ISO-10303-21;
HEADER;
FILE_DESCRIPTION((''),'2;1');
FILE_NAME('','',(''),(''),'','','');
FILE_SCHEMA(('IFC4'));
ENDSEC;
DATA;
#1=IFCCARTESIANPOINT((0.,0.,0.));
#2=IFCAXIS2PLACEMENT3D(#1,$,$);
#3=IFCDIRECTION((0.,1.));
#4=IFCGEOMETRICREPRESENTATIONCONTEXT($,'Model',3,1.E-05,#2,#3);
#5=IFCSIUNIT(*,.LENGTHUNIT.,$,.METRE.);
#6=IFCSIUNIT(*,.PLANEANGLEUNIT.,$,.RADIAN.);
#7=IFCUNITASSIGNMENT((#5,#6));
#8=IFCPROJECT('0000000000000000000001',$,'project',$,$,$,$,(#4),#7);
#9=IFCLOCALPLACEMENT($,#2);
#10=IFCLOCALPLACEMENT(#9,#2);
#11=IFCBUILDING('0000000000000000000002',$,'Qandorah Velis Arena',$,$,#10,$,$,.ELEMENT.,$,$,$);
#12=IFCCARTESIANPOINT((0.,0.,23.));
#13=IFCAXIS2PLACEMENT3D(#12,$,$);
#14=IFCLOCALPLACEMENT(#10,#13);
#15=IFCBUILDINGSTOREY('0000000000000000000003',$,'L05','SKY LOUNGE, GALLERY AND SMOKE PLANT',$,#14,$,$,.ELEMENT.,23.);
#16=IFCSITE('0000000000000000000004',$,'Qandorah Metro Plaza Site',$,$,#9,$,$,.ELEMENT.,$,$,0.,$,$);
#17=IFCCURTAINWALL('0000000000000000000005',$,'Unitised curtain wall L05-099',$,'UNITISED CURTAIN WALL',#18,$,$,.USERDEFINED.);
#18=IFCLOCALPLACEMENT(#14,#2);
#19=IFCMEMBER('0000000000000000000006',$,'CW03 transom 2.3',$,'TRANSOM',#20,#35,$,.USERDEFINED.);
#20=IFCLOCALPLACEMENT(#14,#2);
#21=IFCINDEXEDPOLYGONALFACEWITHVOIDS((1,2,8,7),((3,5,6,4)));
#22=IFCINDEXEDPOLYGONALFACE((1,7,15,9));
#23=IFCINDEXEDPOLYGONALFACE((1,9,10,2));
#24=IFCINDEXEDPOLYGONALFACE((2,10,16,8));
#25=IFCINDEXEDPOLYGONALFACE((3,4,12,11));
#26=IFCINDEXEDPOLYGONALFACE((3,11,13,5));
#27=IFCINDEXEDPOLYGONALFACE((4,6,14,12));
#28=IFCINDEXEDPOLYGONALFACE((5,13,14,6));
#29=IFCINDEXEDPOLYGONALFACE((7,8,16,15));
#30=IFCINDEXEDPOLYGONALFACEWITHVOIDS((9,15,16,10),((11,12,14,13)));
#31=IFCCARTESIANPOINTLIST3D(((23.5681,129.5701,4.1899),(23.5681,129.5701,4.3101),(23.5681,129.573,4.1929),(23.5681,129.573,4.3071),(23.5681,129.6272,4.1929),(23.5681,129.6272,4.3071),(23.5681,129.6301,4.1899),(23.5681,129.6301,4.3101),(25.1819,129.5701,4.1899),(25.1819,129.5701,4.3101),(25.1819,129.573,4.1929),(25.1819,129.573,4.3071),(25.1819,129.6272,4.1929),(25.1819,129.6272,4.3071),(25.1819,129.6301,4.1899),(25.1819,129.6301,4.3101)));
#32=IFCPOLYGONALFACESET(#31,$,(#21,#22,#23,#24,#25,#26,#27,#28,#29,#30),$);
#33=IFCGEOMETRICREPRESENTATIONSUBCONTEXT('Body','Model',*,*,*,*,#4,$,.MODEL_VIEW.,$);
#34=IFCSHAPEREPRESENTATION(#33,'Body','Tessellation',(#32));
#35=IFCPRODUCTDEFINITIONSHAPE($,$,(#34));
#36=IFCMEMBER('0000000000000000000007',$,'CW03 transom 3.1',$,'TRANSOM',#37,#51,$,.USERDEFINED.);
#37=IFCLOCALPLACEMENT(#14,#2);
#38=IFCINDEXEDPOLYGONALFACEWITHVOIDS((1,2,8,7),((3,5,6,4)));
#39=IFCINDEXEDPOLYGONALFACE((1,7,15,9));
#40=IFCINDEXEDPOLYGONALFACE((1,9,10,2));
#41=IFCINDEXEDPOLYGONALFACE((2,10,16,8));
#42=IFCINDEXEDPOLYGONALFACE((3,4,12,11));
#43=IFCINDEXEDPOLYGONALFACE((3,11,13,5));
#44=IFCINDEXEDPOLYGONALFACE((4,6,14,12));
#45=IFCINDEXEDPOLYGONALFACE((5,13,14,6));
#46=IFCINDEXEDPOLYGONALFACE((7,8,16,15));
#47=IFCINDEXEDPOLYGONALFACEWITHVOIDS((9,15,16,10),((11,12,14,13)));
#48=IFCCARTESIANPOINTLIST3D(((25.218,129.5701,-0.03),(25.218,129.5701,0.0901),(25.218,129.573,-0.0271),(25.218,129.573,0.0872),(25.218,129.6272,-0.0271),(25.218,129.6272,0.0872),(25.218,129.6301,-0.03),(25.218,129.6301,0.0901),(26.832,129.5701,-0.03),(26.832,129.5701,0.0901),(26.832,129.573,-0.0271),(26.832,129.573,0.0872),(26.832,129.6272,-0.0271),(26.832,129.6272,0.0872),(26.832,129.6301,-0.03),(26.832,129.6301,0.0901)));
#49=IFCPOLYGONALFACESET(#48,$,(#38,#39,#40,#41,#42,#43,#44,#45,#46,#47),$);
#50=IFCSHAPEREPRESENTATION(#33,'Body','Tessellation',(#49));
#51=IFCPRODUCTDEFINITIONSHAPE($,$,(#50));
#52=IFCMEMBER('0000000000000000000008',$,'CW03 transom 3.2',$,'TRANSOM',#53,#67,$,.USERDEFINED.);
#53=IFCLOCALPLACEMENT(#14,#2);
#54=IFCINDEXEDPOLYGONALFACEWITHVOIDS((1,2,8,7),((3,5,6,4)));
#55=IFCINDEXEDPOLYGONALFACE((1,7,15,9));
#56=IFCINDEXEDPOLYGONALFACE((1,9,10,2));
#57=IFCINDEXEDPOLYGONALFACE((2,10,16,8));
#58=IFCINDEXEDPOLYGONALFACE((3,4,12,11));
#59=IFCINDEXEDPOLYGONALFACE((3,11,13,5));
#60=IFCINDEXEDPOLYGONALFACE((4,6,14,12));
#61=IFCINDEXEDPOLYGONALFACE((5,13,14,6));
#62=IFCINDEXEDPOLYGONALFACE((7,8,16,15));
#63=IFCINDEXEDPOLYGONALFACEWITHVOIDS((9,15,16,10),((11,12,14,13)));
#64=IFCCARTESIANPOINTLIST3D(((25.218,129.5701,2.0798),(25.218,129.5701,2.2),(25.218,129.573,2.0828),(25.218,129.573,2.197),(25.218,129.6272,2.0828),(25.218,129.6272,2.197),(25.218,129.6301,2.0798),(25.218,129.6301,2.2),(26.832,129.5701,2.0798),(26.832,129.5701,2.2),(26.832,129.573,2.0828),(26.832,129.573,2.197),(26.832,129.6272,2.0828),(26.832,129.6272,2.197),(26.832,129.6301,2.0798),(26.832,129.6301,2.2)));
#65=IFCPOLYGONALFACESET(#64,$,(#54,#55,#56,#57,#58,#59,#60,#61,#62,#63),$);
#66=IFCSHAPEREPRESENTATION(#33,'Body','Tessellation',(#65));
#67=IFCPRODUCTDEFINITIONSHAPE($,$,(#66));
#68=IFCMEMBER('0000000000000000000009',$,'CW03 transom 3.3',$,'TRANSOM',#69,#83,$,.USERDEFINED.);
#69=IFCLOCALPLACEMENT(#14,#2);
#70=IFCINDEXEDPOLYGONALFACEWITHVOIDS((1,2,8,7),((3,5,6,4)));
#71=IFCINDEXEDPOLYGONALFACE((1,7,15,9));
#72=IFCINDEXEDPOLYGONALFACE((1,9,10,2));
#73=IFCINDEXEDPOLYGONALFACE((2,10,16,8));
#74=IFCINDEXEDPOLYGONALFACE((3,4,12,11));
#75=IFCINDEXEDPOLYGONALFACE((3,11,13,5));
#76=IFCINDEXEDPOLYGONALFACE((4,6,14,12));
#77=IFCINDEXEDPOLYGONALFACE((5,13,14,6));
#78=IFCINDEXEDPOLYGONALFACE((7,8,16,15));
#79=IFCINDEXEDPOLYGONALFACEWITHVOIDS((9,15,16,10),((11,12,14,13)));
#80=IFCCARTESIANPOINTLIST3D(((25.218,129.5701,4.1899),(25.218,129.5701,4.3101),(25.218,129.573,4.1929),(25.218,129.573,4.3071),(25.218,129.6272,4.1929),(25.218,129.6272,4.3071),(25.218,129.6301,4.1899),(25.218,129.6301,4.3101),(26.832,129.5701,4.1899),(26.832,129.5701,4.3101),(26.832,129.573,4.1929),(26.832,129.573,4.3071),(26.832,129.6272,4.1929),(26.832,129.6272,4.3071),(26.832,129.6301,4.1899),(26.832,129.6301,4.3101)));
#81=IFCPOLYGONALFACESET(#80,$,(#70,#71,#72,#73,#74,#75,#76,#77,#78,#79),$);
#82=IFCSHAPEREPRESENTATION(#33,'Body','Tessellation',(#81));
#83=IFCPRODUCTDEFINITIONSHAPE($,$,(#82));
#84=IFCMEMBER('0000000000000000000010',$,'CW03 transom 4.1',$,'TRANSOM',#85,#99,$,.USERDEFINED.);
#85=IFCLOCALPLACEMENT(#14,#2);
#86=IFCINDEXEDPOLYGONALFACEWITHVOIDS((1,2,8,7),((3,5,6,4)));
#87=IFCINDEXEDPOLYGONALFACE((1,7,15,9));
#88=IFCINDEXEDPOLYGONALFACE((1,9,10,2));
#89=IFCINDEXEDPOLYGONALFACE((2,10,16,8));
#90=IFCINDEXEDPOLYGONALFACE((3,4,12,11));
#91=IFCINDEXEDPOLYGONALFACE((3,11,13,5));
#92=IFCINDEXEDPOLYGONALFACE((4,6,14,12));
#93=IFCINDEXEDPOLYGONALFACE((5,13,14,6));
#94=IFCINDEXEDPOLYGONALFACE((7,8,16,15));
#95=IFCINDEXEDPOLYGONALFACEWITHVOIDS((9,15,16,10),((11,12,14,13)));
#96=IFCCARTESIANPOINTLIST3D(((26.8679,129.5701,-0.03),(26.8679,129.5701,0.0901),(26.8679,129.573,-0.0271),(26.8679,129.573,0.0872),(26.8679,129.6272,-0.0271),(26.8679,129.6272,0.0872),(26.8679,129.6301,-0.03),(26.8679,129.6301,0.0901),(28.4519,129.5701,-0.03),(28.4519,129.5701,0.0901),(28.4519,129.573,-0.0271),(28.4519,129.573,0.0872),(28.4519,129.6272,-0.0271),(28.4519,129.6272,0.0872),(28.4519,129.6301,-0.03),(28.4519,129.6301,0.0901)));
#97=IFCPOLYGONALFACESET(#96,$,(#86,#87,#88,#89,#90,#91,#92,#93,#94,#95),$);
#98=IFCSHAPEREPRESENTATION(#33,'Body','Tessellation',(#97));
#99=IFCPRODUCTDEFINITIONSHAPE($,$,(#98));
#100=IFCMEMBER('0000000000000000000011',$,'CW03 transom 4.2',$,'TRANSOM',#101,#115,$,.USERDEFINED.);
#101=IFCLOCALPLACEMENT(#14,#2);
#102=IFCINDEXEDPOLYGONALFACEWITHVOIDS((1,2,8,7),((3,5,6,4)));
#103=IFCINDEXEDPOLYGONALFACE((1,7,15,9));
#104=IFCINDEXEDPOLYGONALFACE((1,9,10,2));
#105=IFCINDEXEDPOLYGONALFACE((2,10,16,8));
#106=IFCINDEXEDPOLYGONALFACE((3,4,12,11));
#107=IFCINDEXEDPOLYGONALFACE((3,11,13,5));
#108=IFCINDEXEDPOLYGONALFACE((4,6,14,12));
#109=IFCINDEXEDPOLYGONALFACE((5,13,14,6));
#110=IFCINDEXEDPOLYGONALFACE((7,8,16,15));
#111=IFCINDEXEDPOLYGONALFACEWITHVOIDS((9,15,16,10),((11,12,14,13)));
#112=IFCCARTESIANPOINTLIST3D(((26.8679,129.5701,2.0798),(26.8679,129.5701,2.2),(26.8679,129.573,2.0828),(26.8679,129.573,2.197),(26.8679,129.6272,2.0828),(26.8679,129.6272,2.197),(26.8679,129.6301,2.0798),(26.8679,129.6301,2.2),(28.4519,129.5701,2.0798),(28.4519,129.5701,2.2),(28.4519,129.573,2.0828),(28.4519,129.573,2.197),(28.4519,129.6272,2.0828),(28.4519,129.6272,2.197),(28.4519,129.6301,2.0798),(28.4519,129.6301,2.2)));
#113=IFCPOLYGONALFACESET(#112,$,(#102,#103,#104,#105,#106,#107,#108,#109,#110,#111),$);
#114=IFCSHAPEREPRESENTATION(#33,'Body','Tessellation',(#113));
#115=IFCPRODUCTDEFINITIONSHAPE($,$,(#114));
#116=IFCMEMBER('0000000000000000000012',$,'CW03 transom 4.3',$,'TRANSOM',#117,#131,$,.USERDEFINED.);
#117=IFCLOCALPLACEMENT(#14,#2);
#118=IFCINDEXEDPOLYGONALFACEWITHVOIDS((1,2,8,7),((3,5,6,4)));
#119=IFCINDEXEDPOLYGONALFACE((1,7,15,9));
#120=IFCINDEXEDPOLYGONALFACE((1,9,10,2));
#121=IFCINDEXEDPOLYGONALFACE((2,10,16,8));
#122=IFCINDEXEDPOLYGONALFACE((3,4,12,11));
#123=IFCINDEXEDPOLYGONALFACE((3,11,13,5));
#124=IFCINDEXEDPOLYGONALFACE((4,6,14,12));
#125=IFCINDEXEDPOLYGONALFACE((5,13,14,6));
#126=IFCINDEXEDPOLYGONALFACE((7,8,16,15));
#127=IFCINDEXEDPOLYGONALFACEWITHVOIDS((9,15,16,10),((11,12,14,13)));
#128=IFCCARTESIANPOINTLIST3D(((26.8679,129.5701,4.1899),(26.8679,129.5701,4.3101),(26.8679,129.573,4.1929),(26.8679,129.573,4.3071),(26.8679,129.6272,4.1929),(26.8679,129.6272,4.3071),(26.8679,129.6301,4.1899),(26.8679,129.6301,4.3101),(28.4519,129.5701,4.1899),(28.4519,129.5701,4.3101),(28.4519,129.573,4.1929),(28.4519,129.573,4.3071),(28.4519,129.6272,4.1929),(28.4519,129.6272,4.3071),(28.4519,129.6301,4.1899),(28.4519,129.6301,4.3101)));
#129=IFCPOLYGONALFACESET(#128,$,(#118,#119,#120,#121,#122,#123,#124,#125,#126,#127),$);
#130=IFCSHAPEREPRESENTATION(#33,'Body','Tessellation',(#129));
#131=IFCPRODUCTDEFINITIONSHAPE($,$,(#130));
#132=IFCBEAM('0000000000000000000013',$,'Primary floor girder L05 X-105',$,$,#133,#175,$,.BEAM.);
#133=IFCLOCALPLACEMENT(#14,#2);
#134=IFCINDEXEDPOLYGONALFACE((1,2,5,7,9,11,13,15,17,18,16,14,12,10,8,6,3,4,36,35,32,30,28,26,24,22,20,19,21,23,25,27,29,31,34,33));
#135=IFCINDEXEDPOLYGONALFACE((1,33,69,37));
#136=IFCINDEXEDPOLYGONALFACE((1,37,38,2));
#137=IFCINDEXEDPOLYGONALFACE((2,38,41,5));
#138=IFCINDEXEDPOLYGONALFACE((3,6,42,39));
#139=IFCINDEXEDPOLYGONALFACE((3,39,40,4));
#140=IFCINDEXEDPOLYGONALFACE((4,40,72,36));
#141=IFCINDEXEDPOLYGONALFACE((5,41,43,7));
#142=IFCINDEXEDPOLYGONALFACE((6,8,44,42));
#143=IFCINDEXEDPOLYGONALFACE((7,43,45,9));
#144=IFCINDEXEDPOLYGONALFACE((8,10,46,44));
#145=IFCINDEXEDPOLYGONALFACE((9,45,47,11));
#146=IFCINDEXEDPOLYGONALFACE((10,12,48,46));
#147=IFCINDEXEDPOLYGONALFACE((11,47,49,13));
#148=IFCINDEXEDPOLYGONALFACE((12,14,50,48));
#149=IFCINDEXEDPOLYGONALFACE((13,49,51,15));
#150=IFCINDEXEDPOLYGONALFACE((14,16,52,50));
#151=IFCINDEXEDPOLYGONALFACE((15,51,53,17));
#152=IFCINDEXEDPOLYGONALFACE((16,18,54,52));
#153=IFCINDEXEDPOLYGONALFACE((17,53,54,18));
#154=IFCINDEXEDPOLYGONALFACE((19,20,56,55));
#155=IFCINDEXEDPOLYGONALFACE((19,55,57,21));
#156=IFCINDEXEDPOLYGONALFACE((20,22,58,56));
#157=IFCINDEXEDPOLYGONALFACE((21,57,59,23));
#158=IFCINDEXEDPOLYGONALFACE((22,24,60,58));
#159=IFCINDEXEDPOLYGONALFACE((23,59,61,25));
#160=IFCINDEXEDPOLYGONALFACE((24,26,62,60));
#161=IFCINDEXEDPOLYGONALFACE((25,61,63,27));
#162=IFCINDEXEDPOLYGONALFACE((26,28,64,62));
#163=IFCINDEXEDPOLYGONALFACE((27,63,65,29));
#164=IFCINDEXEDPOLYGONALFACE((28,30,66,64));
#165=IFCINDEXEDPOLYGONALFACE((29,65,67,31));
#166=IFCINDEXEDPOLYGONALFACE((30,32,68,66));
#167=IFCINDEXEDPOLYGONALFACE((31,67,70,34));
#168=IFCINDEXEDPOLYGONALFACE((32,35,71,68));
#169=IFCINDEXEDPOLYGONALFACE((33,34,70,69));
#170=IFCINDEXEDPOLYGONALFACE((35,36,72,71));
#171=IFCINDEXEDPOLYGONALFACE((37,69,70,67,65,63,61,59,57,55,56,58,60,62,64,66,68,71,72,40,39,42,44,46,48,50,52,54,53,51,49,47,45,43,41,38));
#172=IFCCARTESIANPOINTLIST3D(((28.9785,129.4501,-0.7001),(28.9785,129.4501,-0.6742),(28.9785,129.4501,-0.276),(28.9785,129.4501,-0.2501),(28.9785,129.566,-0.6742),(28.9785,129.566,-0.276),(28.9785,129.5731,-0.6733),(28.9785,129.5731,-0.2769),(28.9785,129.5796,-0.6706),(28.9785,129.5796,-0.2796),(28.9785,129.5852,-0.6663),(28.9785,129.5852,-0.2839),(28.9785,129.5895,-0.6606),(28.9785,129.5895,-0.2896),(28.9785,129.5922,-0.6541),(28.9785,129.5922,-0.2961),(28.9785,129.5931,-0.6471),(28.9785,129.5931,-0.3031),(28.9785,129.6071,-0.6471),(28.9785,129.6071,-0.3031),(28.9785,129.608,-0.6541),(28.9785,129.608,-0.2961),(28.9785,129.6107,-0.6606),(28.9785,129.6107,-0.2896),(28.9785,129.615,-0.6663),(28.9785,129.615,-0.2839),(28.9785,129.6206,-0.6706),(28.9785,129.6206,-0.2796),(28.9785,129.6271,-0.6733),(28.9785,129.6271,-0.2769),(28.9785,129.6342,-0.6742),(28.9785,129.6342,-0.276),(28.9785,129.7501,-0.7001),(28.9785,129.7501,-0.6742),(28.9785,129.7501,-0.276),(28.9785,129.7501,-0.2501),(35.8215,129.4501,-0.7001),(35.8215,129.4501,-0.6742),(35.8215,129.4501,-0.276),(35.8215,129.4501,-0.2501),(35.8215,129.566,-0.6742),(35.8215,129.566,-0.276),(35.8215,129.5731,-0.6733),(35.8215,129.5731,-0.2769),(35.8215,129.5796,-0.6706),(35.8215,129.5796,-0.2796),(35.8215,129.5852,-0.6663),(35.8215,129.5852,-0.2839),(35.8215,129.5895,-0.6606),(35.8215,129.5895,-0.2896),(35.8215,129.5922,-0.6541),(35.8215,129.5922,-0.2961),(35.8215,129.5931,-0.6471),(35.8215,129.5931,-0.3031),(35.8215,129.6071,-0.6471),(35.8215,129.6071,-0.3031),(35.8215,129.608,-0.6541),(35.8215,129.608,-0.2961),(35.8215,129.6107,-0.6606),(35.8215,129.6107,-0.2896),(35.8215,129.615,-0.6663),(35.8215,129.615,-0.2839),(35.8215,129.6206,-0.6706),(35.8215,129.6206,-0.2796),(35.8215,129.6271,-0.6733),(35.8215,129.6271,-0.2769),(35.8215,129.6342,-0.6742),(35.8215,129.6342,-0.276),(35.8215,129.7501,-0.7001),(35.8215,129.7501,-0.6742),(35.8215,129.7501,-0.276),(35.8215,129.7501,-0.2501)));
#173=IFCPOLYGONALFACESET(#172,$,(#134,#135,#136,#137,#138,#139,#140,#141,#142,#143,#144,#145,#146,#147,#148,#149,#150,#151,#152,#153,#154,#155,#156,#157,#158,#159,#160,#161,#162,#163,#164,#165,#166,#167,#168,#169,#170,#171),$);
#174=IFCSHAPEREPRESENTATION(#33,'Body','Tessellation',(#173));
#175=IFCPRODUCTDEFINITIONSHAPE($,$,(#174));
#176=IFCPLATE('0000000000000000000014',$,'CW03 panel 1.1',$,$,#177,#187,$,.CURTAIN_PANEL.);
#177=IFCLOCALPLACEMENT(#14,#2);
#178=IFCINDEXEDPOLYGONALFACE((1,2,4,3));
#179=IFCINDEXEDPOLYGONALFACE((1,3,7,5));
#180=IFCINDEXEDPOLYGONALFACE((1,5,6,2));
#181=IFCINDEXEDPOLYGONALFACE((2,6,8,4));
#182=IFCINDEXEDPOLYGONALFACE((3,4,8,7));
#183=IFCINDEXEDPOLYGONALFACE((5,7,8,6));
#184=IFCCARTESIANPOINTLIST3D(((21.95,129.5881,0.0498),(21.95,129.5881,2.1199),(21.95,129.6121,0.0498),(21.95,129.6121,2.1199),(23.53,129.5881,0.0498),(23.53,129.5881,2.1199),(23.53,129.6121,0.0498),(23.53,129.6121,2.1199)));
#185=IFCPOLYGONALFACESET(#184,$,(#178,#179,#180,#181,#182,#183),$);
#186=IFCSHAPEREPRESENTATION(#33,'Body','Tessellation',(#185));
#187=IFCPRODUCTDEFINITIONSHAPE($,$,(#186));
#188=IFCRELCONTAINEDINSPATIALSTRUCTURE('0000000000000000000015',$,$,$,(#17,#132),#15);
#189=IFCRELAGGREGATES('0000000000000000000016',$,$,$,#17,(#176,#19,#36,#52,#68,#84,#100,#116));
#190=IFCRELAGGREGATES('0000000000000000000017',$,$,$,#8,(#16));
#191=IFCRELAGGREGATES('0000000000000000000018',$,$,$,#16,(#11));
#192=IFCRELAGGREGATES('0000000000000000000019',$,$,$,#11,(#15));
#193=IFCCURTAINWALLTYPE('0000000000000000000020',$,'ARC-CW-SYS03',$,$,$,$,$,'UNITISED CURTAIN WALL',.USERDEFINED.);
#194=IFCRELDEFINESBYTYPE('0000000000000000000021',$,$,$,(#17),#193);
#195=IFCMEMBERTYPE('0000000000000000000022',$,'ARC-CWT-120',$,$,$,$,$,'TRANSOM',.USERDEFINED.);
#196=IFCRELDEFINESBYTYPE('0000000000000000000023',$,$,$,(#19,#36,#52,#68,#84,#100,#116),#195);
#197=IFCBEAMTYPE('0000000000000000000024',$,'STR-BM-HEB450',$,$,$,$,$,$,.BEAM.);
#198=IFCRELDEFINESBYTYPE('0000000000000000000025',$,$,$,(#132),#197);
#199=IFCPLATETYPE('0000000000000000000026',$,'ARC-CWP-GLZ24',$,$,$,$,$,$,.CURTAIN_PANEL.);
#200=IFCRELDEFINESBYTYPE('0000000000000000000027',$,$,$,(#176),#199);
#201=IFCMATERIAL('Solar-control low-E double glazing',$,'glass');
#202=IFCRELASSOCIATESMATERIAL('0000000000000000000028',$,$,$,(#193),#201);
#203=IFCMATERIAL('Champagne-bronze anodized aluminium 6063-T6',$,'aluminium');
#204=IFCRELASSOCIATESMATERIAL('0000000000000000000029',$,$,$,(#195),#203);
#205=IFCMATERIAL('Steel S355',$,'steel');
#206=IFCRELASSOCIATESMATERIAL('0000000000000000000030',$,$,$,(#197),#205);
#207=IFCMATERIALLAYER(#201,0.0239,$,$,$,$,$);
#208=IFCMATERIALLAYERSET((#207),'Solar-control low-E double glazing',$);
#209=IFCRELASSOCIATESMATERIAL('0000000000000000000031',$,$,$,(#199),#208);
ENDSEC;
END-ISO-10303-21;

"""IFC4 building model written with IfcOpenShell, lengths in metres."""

from ifc_helpers import new_model, si_unit, direction, frame, origin, origin_2d, place, context, subcontext, project, spatial, rectangle, hollow_rectangle, i_section, extrude, material, layer, layer_set, material_profile, profile_set, type_object, element, aggregate, save


model = new_model("IFC4")

# Units and contexts
model_context = context("Model", 3, precision=1e-05, world=origin(), true_north=direction((0.0, 1.0)))
body_context = subcontext(model_context, "Body", "Model", "MODEL_VIEW")
ifc_project = project(units=[si_unit("LENGTHUNIT", "METRE"), si_unit("PLANEANGLEUNIT", "RADIAN")], contexts=[model_context])

# Site, building, storey
site_placement = place(None, origin())
site = spatial("IfcSite", under=ifc_project, at=site_placement, Name="Qandorah Metro Plaza Site", CompositionType="ELEMENT", RefElevation=0.0)
building_placement = place(site_placement, origin())
building = spatial("IfcBuilding", under=site, at=building_placement, Name="Qandorah Velis Arena", CompositionType="ELEMENT")
storey_placement = place(building_placement, frame((0.0, 0.0, 23.0)))
storey = spatial("IfcBuildingStorey", under=building, at=storey_placement, Name="L05", Description="SKY LOUNGE, GALLERY AND SMOKE PLANT", CompositionType="ELEMENT", Elevation=23.0)

# Curtain wall, members
ifc_material_1 = material(Name="Solar-control low-E double glazing", Category="glass")
curtain_wall_type = type_object("IfcCurtainWallType", Name="ARC-CW-SYS03", ElementType="UNITISED CURTAIN WALL", PredefinedType="USERDEFINED", material=ifc_material_1)
curtain_wall_placement = place(storey_placement, origin())
curtain_wall = element("IfcCurtainWall", 1, at=curtain_wall_placement, inside=storey, type_object=curtain_wall_type, Name="Unitised curtain wall L05-099", ObjectType="UNITISED CURTAIN WALL", PredefinedType="USERDEFINED")
ifc_material_2 = material(Name="Champagne-bronze anodized aluminium 6063-T6", Category="aluminium")
ifc_material_profile_1 = material_profile(ifc_material_2, hollow_rectangle(XDim=0.0601, YDim=0.1201, WallThickness=0.0029, at=origin_2d()), Name="ALU TRANSOM 60x120")
ifc_profile_set_1 = profile_set([ifc_material_profile_1], Name="Champagne-bronze anodized aluminium 6063-T6")
member_type_1 = type_object("IfcMemberType", Name="ARC-CWT-120", ElementType="TRANSOM", PredefinedType="USERDEFINED", material=ifc_profile_set_1)
member_1_placement = place(storey_placement, frame((23.5681, 129.6001, 4.25), z_axis=(1.0, 0.0, 0.0), x_axis=(0.0, 1.0, 0.0)))
member_1 = element("IfcMember", 2, at=member_1_placement, type_object=member_type_1, Name="CW03 transom 2.3", ObjectType="TRANSOM", PredefinedType="USERDEFINED", context=body_context, shape_type="SweptSolid", body=[
    extrude(hollow_rectangle(XDim=0.0601, YDim=0.1201, WallThickness=0.0029, at=origin_2d()), origin(), (0.0, 0.0, 1.0), 1.6138),
])
member_2_placement = place(storey_placement, frame((25.218, 129.6001, 0.03), z_axis=(1.0, 0.0, 0.0), x_axis=(0.0, 1.0, 0.0)))
member_2 = element("IfcMember", 3, at=member_2_placement, type_object=member_type_1, Name="CW03 transom 3.1", ObjectType="TRANSOM", PredefinedType="USERDEFINED", context=body_context, shape_type="SweptSolid", body=[
    extrude(hollow_rectangle(XDim=0.0601, YDim=0.1201, WallThickness=0.0029, at=origin_2d()), origin(), (0.0, 0.0, 1.0), 1.614),
])
member_3_placement = place(storey_placement, frame((25.218, 129.6001, 2.1399), z_axis=(1.0, 0.0, 0.0), x_axis=(0.0, 1.0, 0.0)))
member_3 = element("IfcMember", 4, at=member_3_placement, type_object=member_type_1, Name="CW03 transom 3.2", ObjectType="TRANSOM", PredefinedType="USERDEFINED", context=body_context, shape_type="SweptSolid", body=[
    extrude(hollow_rectangle(XDim=0.0601, YDim=0.1201, WallThickness=0.0029, at=origin_2d()), origin(), (0.0, 0.0, 1.0), 1.614),
])
member_4_placement = place(storey_placement, frame((25.218, 129.6001, 4.25), z_axis=(1.0, 0.0, 0.0), x_axis=(0.0, 1.0, 0.0)))
member_4 = element("IfcMember", 5, at=member_4_placement, type_object=member_type_1, Name="CW03 transom 3.3", ObjectType="TRANSOM", PredefinedType="USERDEFINED", context=body_context, shape_type="SweptSolid", body=[
    extrude(hollow_rectangle(XDim=0.0601, YDim=0.1201, WallThickness=0.0029, at=origin_2d()), origin(), (0.0, 0.0, 1.0), 1.614),
])
member_5_placement = place(storey_placement, frame((26.8679, 129.6001, 0.03), z_axis=(1.0, 0.0, 0.0), x_axis=(0.0, 1.0, 0.0)))
member_5 = element("IfcMember", 6, at=member_5_placement, type_object=member_type_1, Name="CW03 transom 4.1", ObjectType="TRANSOM", PredefinedType="USERDEFINED", context=body_context, shape_type="SweptSolid", body=[
    extrude(hollow_rectangle(XDim=0.0601, YDim=0.1201, WallThickness=0.0029, at=origin_2d()), origin(), (0.0, 0.0, 1.0), 1.584),
])
member_6_placement = place(storey_placement, frame((26.8679, 129.6001, 2.1399), z_axis=(1.0, 0.0, 0.0), x_axis=(0.0, 1.0, 0.0)))
member_6 = element("IfcMember", 7, at=member_6_placement, type_object=member_type_1, Name="CW03 transom 4.2", ObjectType="TRANSOM", PredefinedType="USERDEFINED", context=body_context, shape_type="SweptSolid", body=[
    extrude(hollow_rectangle(XDim=0.0601, YDim=0.1201, WallThickness=0.0029, at=origin_2d()), origin(), (0.0, 0.0, 1.0), 1.584),
])
member_7_placement = place(storey_placement, frame((26.8679, 129.6001, 4.25), z_axis=(1.0, 0.0, 0.0), x_axis=(0.0, 1.0, 0.0)))
member_7 = element("IfcMember", 8, at=member_7_placement, type_object=member_type_1, Name="CW03 transom 4.3", ObjectType="TRANSOM", PredefinedType="USERDEFINED", context=body_context, shape_type="SweptSolid", body=[
    extrude(hollow_rectangle(XDim=0.0601, YDim=0.1201, WallThickness=0.0029, at=origin_2d()), origin(), (0.0, 0.0, 1.0), 1.584),
])

# Beam
ifc_material_3 = material(Name="Steel S355", Category="steel")
ifc_material_profile_2 = material_profile(ifc_material_3, i_section(OverallWidth=0.3, OverallDepth=0.45, WebThickness=0.0139, FlangeThickness=0.0259, FilletRadius=0.0271, at=origin_2d()), Name="HEB 450")
ifc_profile_set_2 = profile_set([ifc_material_profile_2], Name="Steel S355")
beam_type = type_object("IfcBeamType", Name="STR-BM-HEB450", PredefinedType="BEAM", material=ifc_profile_set_2)
beam_placement = place(storey_placement, frame((28.9785, 129.6001, -0.4751), z_axis=(1.0, 0.0, 0.0), x_axis=(0.0, 1.0, 0.0)))
element("IfcBeam", 9, at=beam_placement, inside=storey, type_object=beam_type, Name="Primary floor girder L05 X-105", PredefinedType="BEAM", context=body_context, shape_type="SweptSolid", body=[
    extrude(i_section(OverallWidth=0.3, OverallDepth=0.45, WebThickness=0.0139, FlangeThickness=0.0259, FilletRadius=0.0271, at=origin_2d()), origin(), (0.0, 0.0, 1.0), 6.843),
])

# Plate
ifc_layer = layer(ifc_material_1, 0.0239)
ifc_layer_set = layer_set([ifc_layer], Name="Solar-control low-E double glazing")
plate_type = type_object("IfcPlateType", Name="ARC-CWP-GLZ24", PredefinedType="CURTAIN_PANEL", material=ifc_layer_set)
plate_1_placement = place(storey_placement, frame((22.74, 129.6001, 0.0498), z_axis=(0.0, 0.0, 1.0), x_axis=(1.0, 0.0, 0.0)))
plate_1 = element("IfcPlate", 10, at=plate_1_placement, type_object=plate_type, Name="CW03 panel 1.1", PredefinedType="CURTAIN_PANEL", context=body_context, shape_type="SweptSolid", body=[
    extrude(rectangle(XDim=1.5801, YDim=0.0239, at=origin_2d()), origin(), (0.0, 0.0, 1.0), 2.0701),
])
aggregate(curtain_wall, [plate_1, member_1, member_2, member_3, member_4, member_5, member_6, member_7])

save(model, "model.ifc")
